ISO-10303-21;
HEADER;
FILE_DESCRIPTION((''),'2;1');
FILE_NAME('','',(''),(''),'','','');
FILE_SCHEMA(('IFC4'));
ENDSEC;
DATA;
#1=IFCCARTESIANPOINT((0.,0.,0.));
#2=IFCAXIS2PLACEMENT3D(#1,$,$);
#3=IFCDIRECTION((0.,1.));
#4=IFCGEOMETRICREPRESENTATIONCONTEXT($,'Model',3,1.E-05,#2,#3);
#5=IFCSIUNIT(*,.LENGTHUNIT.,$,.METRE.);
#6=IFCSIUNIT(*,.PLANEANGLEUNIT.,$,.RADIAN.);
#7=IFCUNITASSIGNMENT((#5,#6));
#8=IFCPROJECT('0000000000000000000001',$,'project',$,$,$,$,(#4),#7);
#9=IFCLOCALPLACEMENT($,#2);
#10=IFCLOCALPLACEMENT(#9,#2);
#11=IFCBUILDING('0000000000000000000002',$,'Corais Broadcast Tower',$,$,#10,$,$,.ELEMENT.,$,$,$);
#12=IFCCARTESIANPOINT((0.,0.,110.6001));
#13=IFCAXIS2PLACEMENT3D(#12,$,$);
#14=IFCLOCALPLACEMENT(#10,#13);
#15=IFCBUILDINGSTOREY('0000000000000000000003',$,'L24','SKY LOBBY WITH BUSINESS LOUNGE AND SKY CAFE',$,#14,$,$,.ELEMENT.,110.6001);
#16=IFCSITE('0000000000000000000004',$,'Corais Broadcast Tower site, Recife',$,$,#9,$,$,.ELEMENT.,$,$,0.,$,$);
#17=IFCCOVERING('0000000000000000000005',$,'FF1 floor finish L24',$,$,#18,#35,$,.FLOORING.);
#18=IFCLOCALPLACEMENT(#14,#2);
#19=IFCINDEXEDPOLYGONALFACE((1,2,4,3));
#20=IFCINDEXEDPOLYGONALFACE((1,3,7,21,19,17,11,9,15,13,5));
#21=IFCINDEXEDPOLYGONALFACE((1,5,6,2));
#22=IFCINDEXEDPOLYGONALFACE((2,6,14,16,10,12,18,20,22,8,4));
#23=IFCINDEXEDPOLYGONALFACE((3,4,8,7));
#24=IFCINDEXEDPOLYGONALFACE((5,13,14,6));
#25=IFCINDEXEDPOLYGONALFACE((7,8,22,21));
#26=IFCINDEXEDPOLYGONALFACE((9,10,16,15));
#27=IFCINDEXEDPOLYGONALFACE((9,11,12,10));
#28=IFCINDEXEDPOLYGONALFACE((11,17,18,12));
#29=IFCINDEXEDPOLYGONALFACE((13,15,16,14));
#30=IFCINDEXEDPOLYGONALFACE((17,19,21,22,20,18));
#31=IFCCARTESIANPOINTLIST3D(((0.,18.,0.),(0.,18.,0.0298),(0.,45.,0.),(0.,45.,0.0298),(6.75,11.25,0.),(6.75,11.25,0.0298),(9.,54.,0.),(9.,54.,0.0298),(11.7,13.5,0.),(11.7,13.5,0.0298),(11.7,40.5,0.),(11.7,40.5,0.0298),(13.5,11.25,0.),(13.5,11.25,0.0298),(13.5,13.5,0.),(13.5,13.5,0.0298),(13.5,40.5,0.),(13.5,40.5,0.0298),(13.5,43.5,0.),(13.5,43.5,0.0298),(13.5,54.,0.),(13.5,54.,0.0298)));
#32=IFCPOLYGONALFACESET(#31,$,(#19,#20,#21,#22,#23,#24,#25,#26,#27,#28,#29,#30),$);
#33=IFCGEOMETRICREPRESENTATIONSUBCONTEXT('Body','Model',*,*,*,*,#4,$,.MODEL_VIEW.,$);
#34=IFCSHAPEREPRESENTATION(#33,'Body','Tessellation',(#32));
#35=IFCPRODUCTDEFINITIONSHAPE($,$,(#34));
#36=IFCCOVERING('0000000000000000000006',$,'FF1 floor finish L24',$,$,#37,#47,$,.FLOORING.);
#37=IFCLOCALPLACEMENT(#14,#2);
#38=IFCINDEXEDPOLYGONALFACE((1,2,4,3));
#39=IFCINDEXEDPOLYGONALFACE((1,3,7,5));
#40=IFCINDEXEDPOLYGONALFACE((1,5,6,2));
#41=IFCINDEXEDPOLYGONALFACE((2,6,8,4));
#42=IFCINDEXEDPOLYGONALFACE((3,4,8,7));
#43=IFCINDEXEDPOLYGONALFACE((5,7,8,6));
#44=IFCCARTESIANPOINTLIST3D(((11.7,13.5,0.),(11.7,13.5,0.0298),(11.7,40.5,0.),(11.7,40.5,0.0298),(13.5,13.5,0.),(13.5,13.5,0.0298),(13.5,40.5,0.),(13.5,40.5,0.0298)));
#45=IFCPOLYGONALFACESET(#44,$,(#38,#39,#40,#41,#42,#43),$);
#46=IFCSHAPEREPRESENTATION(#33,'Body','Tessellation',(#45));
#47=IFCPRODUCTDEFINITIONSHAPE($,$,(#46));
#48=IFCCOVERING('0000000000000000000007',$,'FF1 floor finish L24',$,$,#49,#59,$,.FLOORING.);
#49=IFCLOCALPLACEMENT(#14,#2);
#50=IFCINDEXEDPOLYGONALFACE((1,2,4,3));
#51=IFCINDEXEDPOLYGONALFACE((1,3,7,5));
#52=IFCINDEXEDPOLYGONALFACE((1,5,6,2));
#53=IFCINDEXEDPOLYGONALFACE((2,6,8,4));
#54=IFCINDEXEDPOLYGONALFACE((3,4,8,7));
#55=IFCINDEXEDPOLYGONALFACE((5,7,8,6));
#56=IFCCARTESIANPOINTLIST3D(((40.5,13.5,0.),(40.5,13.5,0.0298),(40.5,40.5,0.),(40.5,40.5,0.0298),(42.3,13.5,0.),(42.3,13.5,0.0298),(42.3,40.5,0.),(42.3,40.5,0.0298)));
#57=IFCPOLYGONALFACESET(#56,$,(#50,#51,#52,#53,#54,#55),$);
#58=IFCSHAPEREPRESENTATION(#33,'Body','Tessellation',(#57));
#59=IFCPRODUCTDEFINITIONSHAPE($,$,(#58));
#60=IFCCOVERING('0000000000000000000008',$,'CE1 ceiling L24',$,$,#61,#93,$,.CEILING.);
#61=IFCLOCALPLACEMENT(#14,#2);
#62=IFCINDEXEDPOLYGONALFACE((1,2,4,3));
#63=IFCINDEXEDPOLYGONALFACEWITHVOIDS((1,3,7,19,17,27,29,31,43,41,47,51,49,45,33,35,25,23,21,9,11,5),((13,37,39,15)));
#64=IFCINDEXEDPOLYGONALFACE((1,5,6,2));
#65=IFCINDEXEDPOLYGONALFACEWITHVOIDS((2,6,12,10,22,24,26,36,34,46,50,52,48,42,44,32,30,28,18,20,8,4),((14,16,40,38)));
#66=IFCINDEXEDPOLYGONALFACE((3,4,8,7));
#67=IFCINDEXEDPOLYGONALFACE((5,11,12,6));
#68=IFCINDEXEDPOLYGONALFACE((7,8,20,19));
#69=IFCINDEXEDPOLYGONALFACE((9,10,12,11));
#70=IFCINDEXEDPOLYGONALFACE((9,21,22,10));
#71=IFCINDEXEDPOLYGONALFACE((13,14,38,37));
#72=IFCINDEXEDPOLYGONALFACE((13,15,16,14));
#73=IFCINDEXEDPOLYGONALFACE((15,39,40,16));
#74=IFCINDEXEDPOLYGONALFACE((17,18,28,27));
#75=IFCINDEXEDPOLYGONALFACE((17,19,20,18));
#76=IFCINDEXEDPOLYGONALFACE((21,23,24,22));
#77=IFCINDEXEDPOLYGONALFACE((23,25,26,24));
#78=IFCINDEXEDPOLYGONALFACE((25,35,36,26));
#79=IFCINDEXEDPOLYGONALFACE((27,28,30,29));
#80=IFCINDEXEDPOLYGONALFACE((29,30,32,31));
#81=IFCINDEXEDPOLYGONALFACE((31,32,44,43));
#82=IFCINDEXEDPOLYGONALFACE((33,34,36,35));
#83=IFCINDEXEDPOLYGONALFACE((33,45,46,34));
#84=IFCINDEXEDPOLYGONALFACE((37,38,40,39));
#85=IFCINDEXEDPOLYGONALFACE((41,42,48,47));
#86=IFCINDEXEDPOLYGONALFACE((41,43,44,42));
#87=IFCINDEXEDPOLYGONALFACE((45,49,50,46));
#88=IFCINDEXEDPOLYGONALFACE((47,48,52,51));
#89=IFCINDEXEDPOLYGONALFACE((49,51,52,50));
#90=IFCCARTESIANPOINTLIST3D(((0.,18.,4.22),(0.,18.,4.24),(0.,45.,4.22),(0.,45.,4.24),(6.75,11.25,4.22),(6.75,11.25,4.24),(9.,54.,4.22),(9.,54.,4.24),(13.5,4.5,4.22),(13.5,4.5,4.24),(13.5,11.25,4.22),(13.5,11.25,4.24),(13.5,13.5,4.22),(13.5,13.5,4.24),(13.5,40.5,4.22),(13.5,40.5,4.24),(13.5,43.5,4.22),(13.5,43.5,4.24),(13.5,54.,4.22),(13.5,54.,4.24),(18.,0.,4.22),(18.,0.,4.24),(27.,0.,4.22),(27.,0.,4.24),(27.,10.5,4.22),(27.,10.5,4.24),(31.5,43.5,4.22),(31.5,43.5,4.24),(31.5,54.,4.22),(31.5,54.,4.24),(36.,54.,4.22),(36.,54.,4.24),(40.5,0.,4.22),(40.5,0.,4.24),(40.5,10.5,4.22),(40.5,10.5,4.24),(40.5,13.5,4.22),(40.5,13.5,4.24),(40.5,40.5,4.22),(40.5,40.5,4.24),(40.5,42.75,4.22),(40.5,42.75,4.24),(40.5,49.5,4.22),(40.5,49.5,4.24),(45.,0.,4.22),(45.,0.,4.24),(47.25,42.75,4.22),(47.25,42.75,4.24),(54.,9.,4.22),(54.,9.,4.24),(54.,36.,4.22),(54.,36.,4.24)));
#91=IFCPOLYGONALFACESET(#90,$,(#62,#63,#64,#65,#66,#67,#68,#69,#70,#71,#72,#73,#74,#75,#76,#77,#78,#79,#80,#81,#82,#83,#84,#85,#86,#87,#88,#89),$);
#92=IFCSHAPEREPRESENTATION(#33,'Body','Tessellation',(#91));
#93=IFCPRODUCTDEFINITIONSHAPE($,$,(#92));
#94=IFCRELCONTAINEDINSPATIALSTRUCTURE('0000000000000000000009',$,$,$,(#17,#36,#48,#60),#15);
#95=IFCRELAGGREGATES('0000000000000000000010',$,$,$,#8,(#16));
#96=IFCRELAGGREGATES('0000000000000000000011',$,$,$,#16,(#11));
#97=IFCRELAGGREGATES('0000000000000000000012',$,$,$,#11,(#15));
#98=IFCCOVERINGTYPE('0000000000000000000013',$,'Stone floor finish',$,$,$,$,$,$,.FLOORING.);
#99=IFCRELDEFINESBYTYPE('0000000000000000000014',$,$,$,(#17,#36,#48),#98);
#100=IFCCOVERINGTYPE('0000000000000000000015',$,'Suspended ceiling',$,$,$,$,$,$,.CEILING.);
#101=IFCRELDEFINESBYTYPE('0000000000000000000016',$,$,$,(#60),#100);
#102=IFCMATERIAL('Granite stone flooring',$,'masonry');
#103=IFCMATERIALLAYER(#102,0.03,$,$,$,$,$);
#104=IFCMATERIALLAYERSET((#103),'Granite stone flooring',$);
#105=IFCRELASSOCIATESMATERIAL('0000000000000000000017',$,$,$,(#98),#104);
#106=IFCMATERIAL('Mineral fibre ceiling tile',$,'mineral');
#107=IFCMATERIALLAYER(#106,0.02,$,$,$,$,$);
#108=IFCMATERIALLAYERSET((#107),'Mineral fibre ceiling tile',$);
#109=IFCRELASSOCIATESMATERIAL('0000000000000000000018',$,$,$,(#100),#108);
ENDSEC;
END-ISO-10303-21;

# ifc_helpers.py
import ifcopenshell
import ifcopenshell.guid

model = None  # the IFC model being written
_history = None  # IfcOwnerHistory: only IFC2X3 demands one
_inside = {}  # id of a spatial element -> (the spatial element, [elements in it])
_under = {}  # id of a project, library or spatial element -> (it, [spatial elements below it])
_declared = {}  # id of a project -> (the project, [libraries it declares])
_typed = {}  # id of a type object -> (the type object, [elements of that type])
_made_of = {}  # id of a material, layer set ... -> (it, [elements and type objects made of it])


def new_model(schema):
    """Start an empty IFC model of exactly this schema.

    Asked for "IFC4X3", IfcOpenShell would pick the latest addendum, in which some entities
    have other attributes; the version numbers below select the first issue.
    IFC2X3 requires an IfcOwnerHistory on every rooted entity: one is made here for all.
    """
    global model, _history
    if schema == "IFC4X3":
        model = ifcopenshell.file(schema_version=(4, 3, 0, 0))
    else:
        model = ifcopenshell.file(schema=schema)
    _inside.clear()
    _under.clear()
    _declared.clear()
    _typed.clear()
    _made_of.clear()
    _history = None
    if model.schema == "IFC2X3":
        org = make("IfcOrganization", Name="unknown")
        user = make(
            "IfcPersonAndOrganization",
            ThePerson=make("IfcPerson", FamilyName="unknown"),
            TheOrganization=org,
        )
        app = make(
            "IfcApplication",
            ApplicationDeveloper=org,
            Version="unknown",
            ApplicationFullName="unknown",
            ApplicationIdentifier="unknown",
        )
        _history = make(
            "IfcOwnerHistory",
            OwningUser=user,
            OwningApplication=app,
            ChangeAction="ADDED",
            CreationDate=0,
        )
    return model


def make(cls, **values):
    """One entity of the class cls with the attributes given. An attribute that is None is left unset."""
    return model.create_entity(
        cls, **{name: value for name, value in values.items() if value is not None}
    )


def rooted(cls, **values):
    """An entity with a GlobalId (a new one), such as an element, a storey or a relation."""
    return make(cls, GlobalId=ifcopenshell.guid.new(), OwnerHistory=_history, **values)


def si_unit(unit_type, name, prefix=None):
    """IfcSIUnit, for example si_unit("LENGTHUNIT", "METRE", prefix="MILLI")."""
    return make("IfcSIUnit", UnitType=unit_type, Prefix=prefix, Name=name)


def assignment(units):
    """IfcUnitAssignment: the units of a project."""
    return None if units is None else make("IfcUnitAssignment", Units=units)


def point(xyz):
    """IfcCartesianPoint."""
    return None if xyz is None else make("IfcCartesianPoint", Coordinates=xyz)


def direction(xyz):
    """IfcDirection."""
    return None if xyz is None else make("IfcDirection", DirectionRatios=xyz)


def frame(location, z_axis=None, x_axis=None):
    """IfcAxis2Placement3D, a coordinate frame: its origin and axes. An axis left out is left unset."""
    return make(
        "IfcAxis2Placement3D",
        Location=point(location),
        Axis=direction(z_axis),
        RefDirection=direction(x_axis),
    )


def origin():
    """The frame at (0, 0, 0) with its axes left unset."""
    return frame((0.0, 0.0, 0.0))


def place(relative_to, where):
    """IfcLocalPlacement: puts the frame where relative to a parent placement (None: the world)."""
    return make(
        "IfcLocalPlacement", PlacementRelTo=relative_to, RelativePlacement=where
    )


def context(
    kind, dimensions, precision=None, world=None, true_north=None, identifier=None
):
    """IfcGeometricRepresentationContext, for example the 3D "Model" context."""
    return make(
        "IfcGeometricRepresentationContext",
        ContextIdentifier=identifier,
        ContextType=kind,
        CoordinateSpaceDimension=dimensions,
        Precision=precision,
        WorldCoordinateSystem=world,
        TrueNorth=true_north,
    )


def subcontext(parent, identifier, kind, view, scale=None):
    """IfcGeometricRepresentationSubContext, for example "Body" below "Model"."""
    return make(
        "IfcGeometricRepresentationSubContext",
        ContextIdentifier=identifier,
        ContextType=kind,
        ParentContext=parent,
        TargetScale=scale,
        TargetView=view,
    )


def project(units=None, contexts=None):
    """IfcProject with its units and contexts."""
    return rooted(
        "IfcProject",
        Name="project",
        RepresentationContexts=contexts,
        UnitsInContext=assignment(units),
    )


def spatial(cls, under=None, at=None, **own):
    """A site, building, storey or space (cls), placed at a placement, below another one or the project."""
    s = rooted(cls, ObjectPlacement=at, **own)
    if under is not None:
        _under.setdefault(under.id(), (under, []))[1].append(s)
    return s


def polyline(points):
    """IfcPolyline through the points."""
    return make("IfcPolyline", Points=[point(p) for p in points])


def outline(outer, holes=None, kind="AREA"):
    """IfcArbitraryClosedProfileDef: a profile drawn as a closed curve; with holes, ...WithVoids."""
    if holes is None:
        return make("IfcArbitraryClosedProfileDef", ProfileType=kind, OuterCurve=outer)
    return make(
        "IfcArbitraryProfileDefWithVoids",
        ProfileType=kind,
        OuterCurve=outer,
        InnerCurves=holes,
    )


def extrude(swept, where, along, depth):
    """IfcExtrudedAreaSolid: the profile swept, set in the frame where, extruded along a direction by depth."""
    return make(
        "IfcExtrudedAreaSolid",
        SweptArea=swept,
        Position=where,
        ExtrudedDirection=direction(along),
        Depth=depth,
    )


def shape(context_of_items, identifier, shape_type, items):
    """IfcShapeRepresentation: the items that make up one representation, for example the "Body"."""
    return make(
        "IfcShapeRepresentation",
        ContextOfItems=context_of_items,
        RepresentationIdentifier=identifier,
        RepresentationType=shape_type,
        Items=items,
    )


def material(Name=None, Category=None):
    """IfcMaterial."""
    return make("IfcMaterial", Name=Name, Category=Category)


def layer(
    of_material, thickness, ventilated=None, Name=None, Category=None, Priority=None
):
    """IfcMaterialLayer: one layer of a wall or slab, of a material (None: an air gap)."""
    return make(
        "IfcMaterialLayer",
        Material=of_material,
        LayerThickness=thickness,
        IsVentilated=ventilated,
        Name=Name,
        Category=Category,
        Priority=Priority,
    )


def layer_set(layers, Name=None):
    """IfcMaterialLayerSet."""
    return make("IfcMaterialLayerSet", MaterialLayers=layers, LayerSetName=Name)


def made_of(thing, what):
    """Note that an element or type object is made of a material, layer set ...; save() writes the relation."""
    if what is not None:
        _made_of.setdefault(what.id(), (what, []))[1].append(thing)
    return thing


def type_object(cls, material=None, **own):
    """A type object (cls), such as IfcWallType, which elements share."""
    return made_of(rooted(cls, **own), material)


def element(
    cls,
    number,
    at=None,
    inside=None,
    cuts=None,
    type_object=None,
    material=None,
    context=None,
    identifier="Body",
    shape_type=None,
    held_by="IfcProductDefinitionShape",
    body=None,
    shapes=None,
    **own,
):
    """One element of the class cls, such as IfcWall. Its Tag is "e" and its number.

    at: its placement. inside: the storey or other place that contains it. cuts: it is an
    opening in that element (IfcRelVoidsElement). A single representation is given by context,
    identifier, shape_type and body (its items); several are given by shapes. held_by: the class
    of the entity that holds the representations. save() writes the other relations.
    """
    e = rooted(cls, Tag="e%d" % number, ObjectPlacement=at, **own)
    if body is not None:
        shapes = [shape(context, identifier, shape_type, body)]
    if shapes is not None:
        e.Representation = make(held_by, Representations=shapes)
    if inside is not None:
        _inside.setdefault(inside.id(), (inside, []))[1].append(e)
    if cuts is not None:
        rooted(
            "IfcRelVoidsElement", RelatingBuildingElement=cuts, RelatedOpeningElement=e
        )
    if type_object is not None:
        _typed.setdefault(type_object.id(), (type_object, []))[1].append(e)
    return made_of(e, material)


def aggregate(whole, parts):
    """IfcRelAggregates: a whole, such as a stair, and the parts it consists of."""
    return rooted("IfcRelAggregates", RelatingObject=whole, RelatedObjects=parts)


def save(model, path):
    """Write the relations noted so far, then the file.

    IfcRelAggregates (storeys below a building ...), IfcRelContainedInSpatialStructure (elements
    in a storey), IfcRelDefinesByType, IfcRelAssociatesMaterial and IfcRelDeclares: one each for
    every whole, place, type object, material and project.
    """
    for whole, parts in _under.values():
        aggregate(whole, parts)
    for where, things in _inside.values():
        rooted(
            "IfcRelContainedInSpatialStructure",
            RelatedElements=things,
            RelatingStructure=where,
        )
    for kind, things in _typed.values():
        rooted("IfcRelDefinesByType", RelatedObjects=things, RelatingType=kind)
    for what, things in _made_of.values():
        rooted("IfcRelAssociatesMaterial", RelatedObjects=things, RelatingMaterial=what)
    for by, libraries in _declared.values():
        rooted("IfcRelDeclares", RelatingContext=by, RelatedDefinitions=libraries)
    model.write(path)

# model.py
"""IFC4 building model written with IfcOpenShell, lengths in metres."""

from ifc_helpers import new_model, si_unit, direction, frame, origin, place, context, subcontext, project, spatial, polyline, outline, extrude, material, layer, layer_set, type_object, element, save


model = new_model("IFC4")

# Units and contexts
model_context = context("Model", 3, precision=1e-05, world=origin(), true_north=direction((0.0, 1.0)))
body_context = subcontext(model_context, "Body", "Model", "MODEL_VIEW")
ifc_project = project(units=[si_unit("LENGTHUNIT", "METRE"), si_unit("PLANEANGLEUNIT", "RADIAN")], contexts=[model_context])

# Site, building, storey
site_placement = place(None, origin())
site = spatial("IfcSite", under=ifc_project, at=site_placement, Name="Corais Broadcast Tower site, Recife", CompositionType="ELEMENT", RefElevation=0.0)
building_placement = place(site_placement, origin())
building = spatial("IfcBuilding", under=site, at=building_placement, Name="Corais Broadcast Tower", CompositionType="ELEMENT")
storey_placement = place(building_placement, frame((0.0, 0.0, 110.6001)))
storey = spatial("IfcBuildingStorey", under=building, at=storey_placement, Name="L24", Description="SKY LOBBY WITH BUSINESS LOUNGE AND SKY CAFE", CompositionType="ELEMENT", Elevation=110.6001)

# Coverings
ifc_material_1 = material(Name="Granite stone flooring", Category="masonry")
ifc_layer_1 = layer(ifc_material_1, 0.03)
ifc_layer_set_1 = layer_set([ifc_layer_1], Name="Granite stone flooring")
covering_type_1 = type_object("IfcCoveringType", Name="Stone floor finish", PredefinedType="FLOORING", material=ifc_layer_set_1)
covering_1_placement = place(storey_placement, origin())
element("IfcCovering", 1, at=covering_1_placement, inside=storey, type_object=covering_type_1, Name="FF1 floor finish L24", PredefinedType="FLOORING", context=body_context, shape_type="SweptSolid", body=[
    extrude(outline(polyline([(13.5, 54.0), (13.5, 43.5), (13.5, 40.5), (11.7, 40.5), (11.7, 13.5), (13.5, 13.5), (13.5, 11.25), (6.75, 11.25), (0.0, 18.0), (0.0, 45.0), (9.0, 54.0), (13.5, 54.0)])), origin(), (0.0, 0.0, 1.0), 0.0298),
])
covering_2_placement = place(storey_placement, origin())
element("IfcCovering", 2, at=covering_2_placement, inside=storey, type_object=covering_type_1, Name="FF1 floor finish L24", PredefinedType="FLOORING", context=body_context, shape_type="SweptSolid", body=[
    extrude(outline(polyline([(11.7, 13.5), (11.7, 40.5), (13.5, 40.5), (13.5, 13.5), (11.7, 13.5)])), origin(), (0.0, 0.0, 1.0), 0.0298),
])
covering_3_placement = place(storey_placement, origin())
element("IfcCovering", 3, at=covering_3_placement, inside=storey, type_object=covering_type_1, Name="FF1 floor finish L24", PredefinedType="FLOORING", context=body_context, shape_type="SweptSolid", body=[
    extrude(outline(polyline([(42.3, 40.5), (42.3, 13.5), (40.5, 13.5), (40.5, 40.5), (42.3, 40.5)])), origin(), (0.0, 0.0, 1.0), 0.0298),
])
ifc_material_2 = material(Name="Mineral fibre ceiling tile", Category="mineral")
ifc_layer_2 = layer(ifc_material_2, 0.02)
ifc_layer_set_2 = layer_set([ifc_layer_2], Name="Mineral fibre ceiling tile")
covering_type_2 = type_object("IfcCoveringType", Name="Suspended ceiling", PredefinedType="CEILING", material=ifc_layer_set_2)
covering_4_placement = place(storey_placement, frame((0.0, 0.0, 4.22)))
element("IfcCovering", 4, at=covering_4_placement, inside=storey, type_object=covering_type_2, Name="CE1 ceiling L24", PredefinedType="CEILING", context=body_context, shape_type="SweptSolid", body=[
    extrude(outline(polyline([(18.0, 0.0), (13.5, 4.5), (13.5, 11.25), (6.75, 11.25), (0.0, 18.0), (0.0, 45.0), (9.0, 54.0), (13.5, 54.0), (13.5, 43.5), (31.5, 43.5), (31.5, 54.0), (36.0, 54.0), (40.5, 49.5), (40.5, 42.75), (47.25, 42.75), (54.0, 36.0), (54.0, 9.0), (45.0, 0.0), (40.5, 0.0), (40.5, 10.5), (27.0, 10.5), (27.0, 0.0), (18.0, 0.0)]), holes=[polyline([(13.5, 13.5), (40.5, 13.5), (40.5, 40.5), (13.5, 40.5), (13.5, 13.5)])]), origin(), (0.0, 0.0, 1.0), 0.02),
])

save(model, "model.ifc")
